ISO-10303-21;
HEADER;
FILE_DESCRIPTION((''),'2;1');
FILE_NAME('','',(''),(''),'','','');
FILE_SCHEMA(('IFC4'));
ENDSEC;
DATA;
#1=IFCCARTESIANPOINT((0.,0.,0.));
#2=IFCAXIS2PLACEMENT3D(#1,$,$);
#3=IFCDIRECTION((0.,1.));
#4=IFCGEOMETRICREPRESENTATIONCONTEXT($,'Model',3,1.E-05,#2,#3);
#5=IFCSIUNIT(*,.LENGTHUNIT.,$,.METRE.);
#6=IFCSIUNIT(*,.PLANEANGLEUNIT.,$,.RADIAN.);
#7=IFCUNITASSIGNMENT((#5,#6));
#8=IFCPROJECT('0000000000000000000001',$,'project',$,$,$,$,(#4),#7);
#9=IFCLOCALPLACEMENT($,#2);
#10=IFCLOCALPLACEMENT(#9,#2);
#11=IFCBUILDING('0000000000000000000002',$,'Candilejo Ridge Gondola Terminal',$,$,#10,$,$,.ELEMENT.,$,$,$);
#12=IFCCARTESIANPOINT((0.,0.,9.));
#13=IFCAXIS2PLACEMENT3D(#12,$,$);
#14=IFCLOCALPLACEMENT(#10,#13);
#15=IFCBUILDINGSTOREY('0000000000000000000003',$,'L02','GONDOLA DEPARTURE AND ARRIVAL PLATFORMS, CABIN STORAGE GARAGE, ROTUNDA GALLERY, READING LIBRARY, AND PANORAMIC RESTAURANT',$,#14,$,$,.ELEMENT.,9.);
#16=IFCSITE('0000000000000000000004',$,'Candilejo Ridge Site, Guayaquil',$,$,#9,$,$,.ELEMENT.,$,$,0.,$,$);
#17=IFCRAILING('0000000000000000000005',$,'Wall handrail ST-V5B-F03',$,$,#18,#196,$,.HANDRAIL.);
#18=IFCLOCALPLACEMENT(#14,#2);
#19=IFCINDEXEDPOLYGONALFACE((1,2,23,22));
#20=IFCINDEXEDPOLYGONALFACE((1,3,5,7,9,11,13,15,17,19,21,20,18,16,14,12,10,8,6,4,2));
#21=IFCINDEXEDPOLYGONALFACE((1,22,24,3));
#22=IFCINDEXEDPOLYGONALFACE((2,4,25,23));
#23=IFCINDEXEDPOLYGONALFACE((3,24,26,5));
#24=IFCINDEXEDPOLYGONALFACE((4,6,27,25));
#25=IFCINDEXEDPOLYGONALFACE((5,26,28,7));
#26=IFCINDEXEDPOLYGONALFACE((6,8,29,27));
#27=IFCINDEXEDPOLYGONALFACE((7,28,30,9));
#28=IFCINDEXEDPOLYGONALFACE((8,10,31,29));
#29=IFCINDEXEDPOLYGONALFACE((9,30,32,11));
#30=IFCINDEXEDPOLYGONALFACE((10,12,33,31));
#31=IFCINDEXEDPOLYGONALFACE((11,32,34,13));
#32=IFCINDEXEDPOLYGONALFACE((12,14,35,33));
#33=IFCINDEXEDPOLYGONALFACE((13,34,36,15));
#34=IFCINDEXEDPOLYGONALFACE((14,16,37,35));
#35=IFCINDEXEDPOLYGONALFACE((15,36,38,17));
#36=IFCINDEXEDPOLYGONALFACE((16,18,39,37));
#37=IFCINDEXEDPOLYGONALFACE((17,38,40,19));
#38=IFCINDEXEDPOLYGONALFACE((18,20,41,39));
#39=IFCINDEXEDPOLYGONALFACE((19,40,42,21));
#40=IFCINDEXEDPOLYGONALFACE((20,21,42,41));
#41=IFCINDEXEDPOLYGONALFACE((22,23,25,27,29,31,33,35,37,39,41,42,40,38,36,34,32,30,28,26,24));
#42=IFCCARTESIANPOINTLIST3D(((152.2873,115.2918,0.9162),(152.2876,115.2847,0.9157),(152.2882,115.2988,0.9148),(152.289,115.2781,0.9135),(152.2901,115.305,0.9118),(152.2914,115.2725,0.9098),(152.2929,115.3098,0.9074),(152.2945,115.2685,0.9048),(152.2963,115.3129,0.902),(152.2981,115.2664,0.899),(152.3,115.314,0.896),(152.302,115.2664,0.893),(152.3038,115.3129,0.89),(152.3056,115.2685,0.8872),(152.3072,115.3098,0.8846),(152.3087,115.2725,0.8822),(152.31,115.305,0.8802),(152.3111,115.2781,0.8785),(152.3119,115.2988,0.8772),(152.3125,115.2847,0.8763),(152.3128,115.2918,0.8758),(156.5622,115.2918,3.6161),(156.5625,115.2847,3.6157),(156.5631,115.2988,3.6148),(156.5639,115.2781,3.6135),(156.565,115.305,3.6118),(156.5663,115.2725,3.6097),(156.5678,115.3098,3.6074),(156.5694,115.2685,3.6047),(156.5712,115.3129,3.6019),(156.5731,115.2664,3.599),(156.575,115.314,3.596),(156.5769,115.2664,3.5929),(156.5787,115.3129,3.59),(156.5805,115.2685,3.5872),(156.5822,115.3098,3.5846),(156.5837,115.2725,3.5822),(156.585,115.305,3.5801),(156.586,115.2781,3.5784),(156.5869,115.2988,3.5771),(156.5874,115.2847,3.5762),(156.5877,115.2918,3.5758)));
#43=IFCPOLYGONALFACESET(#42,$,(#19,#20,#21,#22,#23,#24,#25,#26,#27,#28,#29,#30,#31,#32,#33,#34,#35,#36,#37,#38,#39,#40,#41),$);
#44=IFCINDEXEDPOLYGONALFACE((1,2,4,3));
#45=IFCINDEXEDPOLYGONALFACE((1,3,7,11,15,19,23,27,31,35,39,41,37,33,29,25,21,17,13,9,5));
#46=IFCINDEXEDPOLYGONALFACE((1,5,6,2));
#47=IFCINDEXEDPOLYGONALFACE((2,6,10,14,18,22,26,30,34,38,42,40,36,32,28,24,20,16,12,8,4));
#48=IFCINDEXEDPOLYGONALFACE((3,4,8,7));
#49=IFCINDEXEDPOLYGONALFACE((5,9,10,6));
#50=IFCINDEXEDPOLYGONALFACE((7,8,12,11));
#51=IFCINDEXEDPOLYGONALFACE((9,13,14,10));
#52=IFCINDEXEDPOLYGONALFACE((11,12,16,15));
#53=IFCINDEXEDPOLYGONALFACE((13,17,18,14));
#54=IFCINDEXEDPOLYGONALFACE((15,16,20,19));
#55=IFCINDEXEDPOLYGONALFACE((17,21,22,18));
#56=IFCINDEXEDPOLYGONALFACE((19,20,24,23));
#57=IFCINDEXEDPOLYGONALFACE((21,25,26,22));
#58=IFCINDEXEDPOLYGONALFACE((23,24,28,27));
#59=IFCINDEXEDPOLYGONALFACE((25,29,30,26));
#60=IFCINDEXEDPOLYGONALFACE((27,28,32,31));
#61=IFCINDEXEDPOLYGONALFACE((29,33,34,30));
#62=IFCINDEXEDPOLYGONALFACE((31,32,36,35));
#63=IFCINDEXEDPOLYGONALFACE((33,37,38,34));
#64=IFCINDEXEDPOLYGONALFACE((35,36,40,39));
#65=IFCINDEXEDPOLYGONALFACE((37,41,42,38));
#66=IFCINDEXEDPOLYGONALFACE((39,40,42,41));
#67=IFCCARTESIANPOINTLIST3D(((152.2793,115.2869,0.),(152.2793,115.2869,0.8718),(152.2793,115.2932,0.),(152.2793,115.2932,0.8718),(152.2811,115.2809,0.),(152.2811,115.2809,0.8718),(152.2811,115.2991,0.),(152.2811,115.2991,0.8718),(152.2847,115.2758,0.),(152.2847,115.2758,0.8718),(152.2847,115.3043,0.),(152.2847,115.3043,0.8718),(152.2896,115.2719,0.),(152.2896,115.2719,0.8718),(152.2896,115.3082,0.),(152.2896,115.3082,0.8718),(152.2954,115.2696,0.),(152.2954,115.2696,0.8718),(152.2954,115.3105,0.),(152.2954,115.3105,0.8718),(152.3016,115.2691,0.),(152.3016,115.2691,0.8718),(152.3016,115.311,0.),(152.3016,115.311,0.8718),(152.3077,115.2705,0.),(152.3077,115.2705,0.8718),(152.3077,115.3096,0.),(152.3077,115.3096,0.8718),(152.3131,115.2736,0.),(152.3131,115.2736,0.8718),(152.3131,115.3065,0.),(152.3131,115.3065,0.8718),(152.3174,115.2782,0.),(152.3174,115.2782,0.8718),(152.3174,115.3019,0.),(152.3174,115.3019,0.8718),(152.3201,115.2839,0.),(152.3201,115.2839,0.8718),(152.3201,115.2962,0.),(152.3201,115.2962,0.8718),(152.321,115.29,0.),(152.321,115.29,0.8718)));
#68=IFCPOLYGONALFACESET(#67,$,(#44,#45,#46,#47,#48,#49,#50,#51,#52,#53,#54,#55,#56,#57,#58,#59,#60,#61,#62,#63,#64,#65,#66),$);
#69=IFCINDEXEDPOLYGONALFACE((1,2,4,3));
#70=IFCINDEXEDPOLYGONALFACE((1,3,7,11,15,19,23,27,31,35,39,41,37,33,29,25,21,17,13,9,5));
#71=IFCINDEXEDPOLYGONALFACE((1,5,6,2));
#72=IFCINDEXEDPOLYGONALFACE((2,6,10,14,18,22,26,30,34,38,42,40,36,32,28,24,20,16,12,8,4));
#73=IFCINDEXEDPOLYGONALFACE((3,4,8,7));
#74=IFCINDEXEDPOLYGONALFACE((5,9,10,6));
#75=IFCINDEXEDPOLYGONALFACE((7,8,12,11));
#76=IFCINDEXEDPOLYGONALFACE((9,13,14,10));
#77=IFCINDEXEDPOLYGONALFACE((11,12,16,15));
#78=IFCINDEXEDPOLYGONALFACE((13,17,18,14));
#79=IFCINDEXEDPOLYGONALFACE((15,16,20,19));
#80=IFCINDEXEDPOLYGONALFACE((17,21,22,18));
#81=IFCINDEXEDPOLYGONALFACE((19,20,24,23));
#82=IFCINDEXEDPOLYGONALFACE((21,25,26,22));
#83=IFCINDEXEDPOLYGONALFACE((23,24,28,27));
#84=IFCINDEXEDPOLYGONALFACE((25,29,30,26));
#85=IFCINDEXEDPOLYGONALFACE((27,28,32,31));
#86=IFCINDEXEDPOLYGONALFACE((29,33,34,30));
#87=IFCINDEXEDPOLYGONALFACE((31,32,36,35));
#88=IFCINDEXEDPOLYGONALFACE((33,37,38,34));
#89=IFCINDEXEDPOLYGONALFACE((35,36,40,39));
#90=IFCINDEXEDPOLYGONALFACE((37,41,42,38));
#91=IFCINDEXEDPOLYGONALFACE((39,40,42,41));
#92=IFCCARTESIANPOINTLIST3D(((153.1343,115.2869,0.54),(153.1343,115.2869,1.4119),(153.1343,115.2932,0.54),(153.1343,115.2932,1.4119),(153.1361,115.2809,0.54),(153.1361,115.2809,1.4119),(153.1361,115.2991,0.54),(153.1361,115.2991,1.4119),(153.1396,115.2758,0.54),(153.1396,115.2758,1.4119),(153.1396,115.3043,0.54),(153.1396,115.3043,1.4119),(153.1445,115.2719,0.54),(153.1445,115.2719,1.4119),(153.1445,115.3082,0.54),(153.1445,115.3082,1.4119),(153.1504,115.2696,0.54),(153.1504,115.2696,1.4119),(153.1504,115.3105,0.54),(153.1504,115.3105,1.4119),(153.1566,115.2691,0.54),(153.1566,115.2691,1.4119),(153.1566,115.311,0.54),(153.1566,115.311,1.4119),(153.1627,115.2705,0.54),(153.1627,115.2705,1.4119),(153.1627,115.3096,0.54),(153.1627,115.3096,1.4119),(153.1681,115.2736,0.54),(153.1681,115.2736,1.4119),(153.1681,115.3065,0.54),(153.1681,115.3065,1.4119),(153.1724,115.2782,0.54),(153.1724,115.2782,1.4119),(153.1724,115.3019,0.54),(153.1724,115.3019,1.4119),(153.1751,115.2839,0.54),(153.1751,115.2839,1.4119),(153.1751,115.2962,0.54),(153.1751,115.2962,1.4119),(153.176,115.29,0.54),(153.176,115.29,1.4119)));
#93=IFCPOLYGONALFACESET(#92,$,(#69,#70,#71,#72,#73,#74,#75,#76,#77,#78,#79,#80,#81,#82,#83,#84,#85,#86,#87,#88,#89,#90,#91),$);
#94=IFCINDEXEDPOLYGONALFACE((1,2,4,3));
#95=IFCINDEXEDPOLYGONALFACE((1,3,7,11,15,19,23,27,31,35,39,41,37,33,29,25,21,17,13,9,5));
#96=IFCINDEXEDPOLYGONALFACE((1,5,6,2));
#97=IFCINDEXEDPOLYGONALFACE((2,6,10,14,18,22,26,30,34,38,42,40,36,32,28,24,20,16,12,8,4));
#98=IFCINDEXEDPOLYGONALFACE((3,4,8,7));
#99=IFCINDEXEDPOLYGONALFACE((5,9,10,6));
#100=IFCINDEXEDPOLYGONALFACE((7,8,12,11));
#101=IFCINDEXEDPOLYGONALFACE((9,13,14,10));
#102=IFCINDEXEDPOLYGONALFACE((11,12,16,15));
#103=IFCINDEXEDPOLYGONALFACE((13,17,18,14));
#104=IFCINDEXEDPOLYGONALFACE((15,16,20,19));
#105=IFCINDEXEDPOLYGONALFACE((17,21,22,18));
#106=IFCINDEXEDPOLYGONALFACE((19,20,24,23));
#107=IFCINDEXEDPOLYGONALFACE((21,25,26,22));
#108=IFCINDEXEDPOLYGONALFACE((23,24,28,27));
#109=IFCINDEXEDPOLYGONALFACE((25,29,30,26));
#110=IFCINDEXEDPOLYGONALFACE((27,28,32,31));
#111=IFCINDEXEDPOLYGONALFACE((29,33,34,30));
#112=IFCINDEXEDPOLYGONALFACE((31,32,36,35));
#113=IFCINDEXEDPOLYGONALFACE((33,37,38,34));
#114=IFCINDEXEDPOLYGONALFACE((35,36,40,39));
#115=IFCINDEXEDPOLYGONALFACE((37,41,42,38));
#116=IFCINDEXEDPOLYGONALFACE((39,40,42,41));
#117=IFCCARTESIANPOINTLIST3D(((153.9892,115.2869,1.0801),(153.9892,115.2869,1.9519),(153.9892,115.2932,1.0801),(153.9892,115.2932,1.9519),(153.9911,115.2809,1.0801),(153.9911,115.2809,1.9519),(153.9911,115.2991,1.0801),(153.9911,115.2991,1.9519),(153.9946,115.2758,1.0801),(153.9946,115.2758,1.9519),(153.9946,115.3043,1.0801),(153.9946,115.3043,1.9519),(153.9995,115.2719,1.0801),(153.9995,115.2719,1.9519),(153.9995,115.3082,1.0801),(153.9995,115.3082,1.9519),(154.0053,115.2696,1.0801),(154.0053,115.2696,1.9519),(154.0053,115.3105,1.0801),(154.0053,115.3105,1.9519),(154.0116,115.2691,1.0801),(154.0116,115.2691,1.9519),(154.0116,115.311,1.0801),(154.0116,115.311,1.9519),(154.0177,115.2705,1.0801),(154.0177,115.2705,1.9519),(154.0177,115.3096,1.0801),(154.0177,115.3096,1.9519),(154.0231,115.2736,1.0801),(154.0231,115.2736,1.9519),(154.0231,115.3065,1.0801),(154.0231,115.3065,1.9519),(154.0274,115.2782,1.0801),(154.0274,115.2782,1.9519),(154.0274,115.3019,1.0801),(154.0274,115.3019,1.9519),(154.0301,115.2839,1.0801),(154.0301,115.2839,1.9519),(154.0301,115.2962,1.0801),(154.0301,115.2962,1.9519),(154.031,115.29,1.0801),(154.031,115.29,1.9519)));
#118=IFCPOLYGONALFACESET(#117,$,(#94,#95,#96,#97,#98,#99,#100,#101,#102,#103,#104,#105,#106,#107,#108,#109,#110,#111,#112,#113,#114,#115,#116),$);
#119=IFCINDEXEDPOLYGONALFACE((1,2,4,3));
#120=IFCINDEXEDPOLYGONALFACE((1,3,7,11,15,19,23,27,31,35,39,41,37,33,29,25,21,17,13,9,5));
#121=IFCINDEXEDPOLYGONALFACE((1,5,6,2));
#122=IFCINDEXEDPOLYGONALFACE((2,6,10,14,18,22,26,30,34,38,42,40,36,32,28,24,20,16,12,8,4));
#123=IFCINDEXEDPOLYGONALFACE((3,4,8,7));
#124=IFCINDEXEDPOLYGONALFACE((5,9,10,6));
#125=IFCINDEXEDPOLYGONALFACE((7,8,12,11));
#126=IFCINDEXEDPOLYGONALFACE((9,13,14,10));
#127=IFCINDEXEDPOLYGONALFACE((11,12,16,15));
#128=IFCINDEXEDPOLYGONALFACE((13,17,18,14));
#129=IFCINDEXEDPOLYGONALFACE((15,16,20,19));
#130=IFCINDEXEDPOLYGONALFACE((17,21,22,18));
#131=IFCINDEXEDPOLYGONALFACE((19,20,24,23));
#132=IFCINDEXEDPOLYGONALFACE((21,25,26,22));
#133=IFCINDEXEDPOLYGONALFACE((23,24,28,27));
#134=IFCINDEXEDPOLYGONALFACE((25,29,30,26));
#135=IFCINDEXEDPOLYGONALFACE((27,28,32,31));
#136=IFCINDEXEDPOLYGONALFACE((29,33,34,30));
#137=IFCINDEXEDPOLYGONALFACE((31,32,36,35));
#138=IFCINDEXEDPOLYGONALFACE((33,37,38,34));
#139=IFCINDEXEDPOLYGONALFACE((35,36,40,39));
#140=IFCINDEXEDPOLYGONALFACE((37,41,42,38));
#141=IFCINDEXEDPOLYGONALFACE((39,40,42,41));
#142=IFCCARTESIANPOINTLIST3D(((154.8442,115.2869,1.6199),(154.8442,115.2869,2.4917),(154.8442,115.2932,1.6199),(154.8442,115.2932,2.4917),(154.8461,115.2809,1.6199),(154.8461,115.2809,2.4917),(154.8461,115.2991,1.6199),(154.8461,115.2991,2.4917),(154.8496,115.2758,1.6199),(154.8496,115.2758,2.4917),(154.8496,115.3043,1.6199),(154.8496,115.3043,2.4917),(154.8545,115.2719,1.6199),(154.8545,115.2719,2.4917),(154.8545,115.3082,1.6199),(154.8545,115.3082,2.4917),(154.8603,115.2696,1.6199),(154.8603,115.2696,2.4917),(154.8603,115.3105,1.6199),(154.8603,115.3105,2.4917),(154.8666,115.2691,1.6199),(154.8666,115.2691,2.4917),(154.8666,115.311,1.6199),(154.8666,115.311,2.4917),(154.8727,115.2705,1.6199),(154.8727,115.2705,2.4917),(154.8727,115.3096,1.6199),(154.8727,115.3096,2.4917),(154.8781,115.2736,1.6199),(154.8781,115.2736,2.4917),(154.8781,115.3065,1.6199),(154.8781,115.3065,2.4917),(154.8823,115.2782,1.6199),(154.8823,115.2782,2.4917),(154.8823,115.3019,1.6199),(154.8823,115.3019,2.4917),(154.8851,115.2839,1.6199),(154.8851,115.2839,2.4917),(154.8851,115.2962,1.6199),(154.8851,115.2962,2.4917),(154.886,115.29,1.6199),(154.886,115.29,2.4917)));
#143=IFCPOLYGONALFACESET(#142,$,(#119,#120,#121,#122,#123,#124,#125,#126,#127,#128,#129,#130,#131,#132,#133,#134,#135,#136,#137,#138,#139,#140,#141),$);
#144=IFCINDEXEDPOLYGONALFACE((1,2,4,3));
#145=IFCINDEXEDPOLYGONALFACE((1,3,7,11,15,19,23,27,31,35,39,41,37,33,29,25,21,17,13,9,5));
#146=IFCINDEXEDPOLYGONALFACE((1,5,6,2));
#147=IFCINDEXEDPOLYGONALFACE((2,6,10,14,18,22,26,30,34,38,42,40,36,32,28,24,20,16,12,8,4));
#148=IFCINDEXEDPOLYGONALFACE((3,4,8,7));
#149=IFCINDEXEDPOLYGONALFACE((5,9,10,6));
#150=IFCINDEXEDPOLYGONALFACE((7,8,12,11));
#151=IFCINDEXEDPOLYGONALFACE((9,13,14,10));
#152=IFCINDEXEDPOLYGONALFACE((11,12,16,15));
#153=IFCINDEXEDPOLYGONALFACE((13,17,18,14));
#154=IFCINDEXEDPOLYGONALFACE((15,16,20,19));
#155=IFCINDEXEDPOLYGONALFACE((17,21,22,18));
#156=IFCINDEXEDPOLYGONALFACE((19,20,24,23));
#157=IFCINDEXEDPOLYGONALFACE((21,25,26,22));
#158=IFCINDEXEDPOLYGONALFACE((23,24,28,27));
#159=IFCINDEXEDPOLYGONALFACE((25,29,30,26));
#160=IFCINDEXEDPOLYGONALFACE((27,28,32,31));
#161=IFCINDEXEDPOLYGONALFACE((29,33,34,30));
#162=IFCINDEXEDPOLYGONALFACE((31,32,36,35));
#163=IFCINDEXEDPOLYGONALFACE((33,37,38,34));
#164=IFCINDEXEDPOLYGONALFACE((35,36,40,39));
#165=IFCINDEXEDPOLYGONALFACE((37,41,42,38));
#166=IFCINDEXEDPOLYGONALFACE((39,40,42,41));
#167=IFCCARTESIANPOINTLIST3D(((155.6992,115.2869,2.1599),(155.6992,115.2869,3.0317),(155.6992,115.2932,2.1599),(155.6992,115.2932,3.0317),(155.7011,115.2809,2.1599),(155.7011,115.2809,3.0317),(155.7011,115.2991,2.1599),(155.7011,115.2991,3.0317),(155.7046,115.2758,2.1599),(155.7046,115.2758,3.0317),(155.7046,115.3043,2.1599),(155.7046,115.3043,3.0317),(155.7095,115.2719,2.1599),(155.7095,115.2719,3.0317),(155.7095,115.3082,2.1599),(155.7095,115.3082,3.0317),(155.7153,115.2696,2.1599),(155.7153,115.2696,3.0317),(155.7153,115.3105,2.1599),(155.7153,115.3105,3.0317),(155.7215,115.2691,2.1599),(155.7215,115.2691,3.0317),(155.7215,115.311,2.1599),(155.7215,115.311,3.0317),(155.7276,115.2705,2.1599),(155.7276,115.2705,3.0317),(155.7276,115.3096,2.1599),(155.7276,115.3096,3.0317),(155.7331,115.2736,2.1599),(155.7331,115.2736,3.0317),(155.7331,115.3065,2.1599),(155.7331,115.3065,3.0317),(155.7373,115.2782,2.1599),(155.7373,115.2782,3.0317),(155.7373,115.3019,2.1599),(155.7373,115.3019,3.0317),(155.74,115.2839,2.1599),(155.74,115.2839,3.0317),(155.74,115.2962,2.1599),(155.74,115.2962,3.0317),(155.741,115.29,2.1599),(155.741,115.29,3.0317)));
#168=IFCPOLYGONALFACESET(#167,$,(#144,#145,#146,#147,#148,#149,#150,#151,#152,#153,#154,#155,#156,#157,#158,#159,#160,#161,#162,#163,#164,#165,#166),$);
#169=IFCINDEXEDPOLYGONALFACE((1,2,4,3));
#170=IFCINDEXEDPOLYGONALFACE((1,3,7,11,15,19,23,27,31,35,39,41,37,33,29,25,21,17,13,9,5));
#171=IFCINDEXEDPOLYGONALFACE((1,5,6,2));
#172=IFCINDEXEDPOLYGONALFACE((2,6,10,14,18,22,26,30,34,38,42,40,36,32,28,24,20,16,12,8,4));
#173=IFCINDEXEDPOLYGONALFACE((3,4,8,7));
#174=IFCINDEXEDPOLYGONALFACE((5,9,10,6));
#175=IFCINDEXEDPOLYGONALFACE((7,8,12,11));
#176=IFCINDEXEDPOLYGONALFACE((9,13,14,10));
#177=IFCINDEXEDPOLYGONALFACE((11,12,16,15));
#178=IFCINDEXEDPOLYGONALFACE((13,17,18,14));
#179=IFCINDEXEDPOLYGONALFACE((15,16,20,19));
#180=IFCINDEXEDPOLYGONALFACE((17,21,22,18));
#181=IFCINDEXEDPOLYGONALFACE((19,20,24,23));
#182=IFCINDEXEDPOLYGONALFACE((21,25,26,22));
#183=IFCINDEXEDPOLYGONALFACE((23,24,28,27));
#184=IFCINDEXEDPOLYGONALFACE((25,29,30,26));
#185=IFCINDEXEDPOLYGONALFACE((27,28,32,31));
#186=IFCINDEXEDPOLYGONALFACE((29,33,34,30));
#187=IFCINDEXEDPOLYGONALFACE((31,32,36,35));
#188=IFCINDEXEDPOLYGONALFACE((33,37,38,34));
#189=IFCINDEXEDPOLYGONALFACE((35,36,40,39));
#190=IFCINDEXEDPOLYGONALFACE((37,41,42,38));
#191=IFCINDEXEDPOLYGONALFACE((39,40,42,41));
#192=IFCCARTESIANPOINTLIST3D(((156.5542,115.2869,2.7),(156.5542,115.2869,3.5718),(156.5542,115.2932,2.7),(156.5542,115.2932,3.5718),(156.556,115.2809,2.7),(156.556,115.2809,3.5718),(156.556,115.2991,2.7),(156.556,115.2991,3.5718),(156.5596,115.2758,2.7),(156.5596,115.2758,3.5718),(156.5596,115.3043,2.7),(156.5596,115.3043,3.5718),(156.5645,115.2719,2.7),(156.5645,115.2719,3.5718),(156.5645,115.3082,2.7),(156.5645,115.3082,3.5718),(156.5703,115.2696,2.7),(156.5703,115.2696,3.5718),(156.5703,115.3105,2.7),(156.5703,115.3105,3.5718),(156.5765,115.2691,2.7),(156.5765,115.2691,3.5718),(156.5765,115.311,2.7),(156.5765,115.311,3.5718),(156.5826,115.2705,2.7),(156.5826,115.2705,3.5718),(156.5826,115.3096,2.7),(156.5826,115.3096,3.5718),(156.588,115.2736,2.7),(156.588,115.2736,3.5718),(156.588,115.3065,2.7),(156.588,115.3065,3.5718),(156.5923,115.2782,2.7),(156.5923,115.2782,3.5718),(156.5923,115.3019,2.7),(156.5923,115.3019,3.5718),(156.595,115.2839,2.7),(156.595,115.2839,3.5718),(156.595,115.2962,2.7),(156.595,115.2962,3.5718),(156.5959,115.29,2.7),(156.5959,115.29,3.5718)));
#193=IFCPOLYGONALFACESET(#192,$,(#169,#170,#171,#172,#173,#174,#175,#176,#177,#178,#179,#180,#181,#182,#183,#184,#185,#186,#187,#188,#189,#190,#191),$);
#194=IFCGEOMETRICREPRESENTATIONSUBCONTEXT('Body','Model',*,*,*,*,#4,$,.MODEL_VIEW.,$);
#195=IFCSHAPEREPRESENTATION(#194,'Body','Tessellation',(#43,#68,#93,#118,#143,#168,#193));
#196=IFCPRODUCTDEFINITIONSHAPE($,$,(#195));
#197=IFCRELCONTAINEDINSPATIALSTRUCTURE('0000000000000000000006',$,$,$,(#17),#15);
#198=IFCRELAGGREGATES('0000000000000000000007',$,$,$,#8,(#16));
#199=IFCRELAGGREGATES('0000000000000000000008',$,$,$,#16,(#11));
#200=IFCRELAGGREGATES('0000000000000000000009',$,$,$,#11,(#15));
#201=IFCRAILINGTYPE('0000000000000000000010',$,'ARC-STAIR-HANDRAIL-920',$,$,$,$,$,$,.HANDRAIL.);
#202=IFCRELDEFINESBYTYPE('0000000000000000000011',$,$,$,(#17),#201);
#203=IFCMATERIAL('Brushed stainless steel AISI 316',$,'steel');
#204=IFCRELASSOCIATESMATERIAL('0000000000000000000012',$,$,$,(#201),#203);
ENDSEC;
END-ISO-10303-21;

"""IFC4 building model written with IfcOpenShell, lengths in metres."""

from ifc_helpers import new_model, si_unit, direction, frame, origin, origin_2d, place, context, subcontext, project, spatial, circle, extrude, material, type_object, element, save


model = new_model("IFC4")

# Units and contexts
model_context = context("Model", 3, precision=1e-05, world=origin(), true_north=direction((0.0, 1.0)))
body_context = subcontext(model_context, "Body", "Model", "MODEL_VIEW")
ifc_project = project(units=[si_unit("LENGTHUNIT", "METRE"), si_unit("PLANEANGLEUNIT", "RADIAN")], contexts=[model_context])

# Site, building, storey
site_placement = place(None, origin())
site = spatial("IfcSite", under=ifc_project, at=site_placement, Name="Candilejo Ridge Site, Guayaquil", CompositionType="ELEMENT", RefElevation=0.0)
building_placement = place(site_placement, origin())
building = spatial("IfcBuilding", under=site, at=building_placement, Name="Candilejo Ridge Gondola Terminal", CompositionType="ELEMENT")
storey_placement = place(building_placement, frame((0.0, 0.0, 9.0)))
storey = spatial("IfcBuildingStorey", under=building, at=storey_placement, Name="L02", Description="GONDOLA DEPARTURE AND ARRIVAL PLATFORMS, CABIN STORAGE GARAGE, ROTUNDA GALLERY, READING LIBRARY, AND PANORAMIC RESTAURANT", CompositionType="ELEMENT", Elevation=9.0)

# Railing
ifc_material_1 = material(Name="Brushed stainless steel AISI 316", Category="steel")
railing_type_1 = type_object("IfcRailingType", Name="ARC-STAIR-HANDRAIL-920", PredefinedType="HANDRAIL", material=ifc_material_1)
railing_1_placement = place(storey_placement, frame((152.3, 115.29, 0.0)))
element("IfcRailing", 1, at=railing_1_placement, inside=storey, type_object=railing_type_1, Name="Wall handrail ST-V5B-F03", PredefinedType="HANDRAIL", context=body_context, shape_type="SweptSolid", body=[
    extrude(circle(Radius=0.0239, at=origin_2d()), frame((0.0, 0.0, 0.896), z_axis=(0.845488, 0.0, 0.533995), x_axis=(0.0, 1.0, 0.0)), (0.0, 0.0, 1.0), 5.0562),
    extrude(circle(Radius=0.021, at=origin_2d()), origin(), (0.0, 0.0, 1.0), 0.8718),
    extrude(circle(Radius=0.021, at=origin_2d()), frame((0.855, 0.0, 0.54)), (0.0, 0.0, 1.0), 0.8718),
    extrude(circle(Radius=0.021, at=origin_2d()), frame((1.71, 0.0, 1.0801)), (0.0, 0.0, 1.0), 0.8718),
    extrude(circle(Radius=0.021, at=origin_2d()), frame((2.5649, 0.0, 1.6199)), (0.0, 0.0, 1.0), 0.8718),
    extrude(circle(Radius=0.021, at=origin_2d()), frame((3.4199, 0.0, 2.1599)), (0.0, 0.0, 1.0), 0.8718),
    extrude(circle(Radius=0.021, at=origin_2d()), frame((4.2749, 0.0, 2.7)), (0.0, 0.0, 1.0), 0.8718),
])

save(model, "model.ifc")
